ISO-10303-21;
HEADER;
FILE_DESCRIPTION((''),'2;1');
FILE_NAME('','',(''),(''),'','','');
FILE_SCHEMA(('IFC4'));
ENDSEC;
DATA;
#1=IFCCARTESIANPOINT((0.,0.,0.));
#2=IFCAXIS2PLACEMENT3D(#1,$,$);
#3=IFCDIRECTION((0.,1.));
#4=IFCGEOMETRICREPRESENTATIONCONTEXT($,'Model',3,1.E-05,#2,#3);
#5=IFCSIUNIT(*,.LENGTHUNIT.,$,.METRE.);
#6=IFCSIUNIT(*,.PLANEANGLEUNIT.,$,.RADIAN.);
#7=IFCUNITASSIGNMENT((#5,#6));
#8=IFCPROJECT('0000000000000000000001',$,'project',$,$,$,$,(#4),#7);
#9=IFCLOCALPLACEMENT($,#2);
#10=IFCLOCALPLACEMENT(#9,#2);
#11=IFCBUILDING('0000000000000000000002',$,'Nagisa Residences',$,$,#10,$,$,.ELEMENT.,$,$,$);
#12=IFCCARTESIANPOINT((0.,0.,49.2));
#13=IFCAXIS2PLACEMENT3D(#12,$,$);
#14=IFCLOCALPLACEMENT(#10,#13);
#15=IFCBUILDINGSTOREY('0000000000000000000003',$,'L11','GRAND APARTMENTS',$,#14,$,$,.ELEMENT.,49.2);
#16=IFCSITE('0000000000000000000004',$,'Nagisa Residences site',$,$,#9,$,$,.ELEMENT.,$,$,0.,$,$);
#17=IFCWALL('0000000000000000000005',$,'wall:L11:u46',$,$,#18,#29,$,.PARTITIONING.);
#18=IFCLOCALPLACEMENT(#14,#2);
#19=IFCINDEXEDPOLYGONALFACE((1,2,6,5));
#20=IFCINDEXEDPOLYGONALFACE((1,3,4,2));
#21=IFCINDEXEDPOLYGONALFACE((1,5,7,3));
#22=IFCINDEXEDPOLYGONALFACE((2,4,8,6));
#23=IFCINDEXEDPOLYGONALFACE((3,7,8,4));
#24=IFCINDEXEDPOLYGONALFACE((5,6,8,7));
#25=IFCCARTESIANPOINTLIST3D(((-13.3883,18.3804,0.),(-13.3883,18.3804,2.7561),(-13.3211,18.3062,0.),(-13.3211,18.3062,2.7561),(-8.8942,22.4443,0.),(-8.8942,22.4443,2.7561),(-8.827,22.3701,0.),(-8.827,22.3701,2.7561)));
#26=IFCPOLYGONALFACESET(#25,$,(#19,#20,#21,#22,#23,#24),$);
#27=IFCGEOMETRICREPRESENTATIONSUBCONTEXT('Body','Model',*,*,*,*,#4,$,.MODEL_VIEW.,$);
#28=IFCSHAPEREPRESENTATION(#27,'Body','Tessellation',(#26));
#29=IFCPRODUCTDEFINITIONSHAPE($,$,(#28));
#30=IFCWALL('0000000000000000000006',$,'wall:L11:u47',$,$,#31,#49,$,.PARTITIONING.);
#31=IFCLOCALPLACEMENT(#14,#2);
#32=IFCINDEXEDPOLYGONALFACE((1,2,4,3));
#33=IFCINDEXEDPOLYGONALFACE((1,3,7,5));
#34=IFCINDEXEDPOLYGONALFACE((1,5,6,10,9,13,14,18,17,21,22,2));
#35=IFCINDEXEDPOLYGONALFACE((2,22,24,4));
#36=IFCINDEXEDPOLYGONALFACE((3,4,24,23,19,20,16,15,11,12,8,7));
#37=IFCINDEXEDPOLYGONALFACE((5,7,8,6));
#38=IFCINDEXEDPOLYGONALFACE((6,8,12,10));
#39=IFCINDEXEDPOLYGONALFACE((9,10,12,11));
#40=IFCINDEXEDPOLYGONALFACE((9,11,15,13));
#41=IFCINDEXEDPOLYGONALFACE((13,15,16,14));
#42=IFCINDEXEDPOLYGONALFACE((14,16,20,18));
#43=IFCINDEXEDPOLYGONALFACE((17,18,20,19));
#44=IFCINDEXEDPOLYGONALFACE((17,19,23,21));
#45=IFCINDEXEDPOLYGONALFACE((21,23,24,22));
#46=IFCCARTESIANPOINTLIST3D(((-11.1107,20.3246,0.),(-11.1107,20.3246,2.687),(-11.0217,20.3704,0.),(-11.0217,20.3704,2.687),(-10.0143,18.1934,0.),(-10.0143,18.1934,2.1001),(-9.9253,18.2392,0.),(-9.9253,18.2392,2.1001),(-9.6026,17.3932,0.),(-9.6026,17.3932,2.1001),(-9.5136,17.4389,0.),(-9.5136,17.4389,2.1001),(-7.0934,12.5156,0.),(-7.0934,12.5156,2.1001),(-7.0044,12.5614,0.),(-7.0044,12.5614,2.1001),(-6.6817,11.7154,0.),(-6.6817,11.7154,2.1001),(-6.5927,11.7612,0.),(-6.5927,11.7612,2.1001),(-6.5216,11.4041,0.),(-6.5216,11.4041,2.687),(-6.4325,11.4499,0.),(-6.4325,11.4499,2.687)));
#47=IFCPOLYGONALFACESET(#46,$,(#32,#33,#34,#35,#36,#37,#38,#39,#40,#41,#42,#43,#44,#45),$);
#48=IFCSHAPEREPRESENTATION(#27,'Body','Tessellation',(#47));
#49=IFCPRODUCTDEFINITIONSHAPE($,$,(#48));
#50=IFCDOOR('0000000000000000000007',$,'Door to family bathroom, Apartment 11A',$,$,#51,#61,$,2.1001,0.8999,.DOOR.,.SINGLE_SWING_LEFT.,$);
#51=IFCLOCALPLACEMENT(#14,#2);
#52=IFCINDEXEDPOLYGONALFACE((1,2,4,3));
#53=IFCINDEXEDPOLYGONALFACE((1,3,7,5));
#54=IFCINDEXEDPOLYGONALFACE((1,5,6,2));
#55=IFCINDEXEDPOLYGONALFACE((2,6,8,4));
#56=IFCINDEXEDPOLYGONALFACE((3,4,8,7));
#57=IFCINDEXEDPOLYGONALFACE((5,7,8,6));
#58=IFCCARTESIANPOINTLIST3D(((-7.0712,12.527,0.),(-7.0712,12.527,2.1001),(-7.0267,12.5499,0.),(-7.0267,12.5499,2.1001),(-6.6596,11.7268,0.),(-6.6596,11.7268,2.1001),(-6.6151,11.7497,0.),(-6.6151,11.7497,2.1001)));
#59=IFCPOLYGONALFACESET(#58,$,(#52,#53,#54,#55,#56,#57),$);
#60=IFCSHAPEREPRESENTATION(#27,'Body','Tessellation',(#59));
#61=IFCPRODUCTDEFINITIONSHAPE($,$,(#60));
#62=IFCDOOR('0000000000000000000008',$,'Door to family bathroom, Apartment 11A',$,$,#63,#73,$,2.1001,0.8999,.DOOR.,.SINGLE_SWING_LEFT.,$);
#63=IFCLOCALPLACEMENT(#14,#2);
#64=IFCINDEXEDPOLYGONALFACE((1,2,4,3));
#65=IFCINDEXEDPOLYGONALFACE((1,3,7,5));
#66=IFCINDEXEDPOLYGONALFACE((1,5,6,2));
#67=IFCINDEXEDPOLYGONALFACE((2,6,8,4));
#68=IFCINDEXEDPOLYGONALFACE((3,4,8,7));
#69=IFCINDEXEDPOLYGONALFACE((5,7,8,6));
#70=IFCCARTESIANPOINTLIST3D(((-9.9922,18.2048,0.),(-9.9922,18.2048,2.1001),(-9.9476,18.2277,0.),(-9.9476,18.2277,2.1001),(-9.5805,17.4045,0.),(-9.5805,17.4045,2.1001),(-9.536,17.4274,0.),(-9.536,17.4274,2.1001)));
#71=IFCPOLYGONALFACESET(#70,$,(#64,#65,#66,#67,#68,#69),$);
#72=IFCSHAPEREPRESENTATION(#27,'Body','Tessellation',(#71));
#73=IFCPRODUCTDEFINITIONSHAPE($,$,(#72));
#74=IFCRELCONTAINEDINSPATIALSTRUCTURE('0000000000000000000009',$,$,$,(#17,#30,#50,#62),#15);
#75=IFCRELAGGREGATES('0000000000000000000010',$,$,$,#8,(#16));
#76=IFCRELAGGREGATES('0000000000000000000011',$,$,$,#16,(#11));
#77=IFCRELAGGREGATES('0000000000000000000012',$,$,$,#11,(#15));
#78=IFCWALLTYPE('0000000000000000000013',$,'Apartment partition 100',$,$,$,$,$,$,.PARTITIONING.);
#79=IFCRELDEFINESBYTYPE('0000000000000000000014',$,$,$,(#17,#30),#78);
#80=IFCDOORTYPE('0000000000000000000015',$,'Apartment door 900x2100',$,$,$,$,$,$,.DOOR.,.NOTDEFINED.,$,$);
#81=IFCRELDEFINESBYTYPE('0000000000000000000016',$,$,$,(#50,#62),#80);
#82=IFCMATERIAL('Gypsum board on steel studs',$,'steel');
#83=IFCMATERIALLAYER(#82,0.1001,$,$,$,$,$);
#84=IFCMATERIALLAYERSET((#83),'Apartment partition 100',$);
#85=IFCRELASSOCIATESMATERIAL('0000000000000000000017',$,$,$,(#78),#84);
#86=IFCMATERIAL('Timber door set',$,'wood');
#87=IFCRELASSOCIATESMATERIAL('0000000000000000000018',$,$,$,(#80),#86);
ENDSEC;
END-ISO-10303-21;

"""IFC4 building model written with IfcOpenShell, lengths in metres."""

from ifc_helpers import new_model, si_unit, direction, frame, frame_2d, origin, place, context, subcontext, project, spatial, rectangle, extrude, material, layer, layer_set, type_object, element, fill, save


model = new_model("IFC4")

# Units and contexts
model_context = context("Model", 3, precision=1e-05, world=origin(), true_north=direction((0.0, 1.0)))
body_context = subcontext(model_context, "Body", "Model", "MODEL_VIEW")
ifc_project = project(units=[si_unit("LENGTHUNIT", "METRE"), si_unit("PLANEANGLEUNIT", "RADIAN")], contexts=[model_context])

# Site, building, storey
site_placement = place(None, origin())
site = spatial("IfcSite", under=ifc_project, at=site_placement, Name="Nagisa Residences site", CompositionType="ELEMENT", RefElevation=0.0)
building_placement = place(site_placement, origin())
building = spatial("IfcBuilding", under=site, at=building_placement, Name="Nagisa Residences", CompositionType="ELEMENT")
storey_placement = place(building_placement, frame((0.0, 0.0, 49.2)))
storey = spatial("IfcBuildingStorey", under=building, at=storey_placement, Name="L11", Description="GRAND APARTMENTS", CompositionType="ELEMENT", Elevation=49.2)

# Shared definitions
ifc_material_1 = material(Name="Gypsum board on steel studs", Category="steel")
ifc_layer_1 = layer(ifc_material_1, 0.1001)
ifc_layer_set_1 = layer_set([ifc_layer_1], Name="Apartment partition 100")
wall_type_1 = type_object("IfcWallType", Name="Apartment partition 100", PredefinedType="PARTITIONING", material=ifc_layer_set_1)

# Shared definitions
ifc_material_2 = material(Name="Timber door set", Category="wood")
door_type_1 = type_object("IfcDoorType", Name="Apartment door 900x2100", OperationType="NOTDEFINED", PredefinedType="DOOR", material=ifc_material_2)

# Wall
wall_1_placement = place(storey_placement, frame((-8.8606, 22.4072, 0.0), z_axis=(0.0, 0.0, 1.0), x_axis=(-0.741713, -0.670717, 0.0)))
element("IfcWall", 1, at=wall_1_placement, inside=storey, type_object=wall_type_1, Name="wall:L11:u46", PredefinedType="PARTITIONING", context=body_context, shape_type="SweptSolid", body=[
    extrude(rectangle(XDim=6.0591, YDim=0.1001, at=frame_2d((3.0295, 0.0))), origin(), (0.0, 0.0, 1.0), 2.7561),
])

# Wall, openings, doors
wall_2_placement = place(storey_placement, frame((-6.4771, 11.427, 0.0), z_axis=(0.0, 0.0, 1.0), x_axis=(-0.457464, 0.889228, 0.0)))
wall_2 = element("IfcWall", 2, at=wall_2_placement, inside=storey, type_object=wall_type_1, Name="wall:L11:u47", PredefinedType="PARTITIONING", context=body_context, shape_type="SweptSolid", body=[
    extrude(rectangle(XDim=10.0317, YDim=0.1001, at=frame_2d((5.0159, 0.0))), origin(), (0.0, 0.0, 1.0), 2.687),
])
opening_1_placement = place(wall_2_placement, frame((0.3501, 0.0, 0.0)))
opening_1 = element("IfcOpeningElement", 3, at=opening_1_placement, cuts=wall_2, PredefinedType="OPENING", context=body_context, shape_type="SweptSolid", body=[
    extrude(rectangle(XDim=0.8999, YDim=2.1001, at=frame_2d((0.45, 1.05))), frame((0.0, 0.0601, 0.0), z_axis=(0.0, -1.0, 0.0), x_axis=(1.0, 0.0, 0.0)), (0.0, 0.0, 1.0), 0.1201),
])
opening_2_placement = place(wall_2_placement, frame((6.7351, 0.0, 0.0)))
opening_2 = element("IfcOpeningElement", 4, at=opening_2_placement, cuts=wall_2, PredefinedType="OPENING", context=body_context, shape_type="SweptSolid", body=[
    extrude(rectangle(XDim=0.8999, YDim=2.1001, at=frame_2d((0.45, 1.05))), frame((0.0, 0.0601, 0.0), z_axis=(0.0, -1.0, 0.0), x_axis=(1.0, 0.0, 0.0)), (0.0, 0.0, 1.0), 0.1201),
])
door_1_placement = place(opening_1_placement, frame((0.8999, 0.0, 0.0), x_axis=(-1.0, 0.0, 0.0)))
door_1 = element("IfcDoor", 5, at=door_1_placement, inside=storey, type_object=door_type_1, Name="Door to family bathroom, Apartment 11A", OperationType="SINGLE_SWING_LEFT", OverallHeight=2.1001, OverallWidth=0.8999, PredefinedType="DOOR", context=body_context, shape_type="SweptSolid", body=[
    extrude(rectangle(XDim=0.8999, YDim=2.1001, at=frame_2d((0.45, 1.05))), frame((0.0, 0.0249, 0.0), z_axis=(0.0, -1.0, 0.0), x_axis=(1.0, 0.0, 0.0)), (0.0, 0.0, 1.0), 0.05),
])
fill(opening_1, door_1)
door_2_placement = place(opening_2_placement, frame((0.8999, 0.0, 0.0), x_axis=(-1.0, 0.0, 0.0)))
door_2 = element("IfcDoor", 6, at=door_2_placement, inside=storey, type_object=door_type_1, Name="Door to family bathroom, Apartment 11A", OperationType="SINGLE_SWING_LEFT", OverallHeight=2.1001, OverallWidth=0.8999, PredefinedType="DOOR", context=body_context, shape_type="SweptSolid", body=[
    extrude(rectangle(XDim=0.8999, YDim=2.1001, at=frame_2d((0.45, 1.05))), frame((0.0, 0.0249, 0.0), z_axis=(0.0, -1.0, 0.0), x_axis=(1.0, 0.0, 0.0)), (0.0, 0.0, 1.0), 0.05),
])
fill(opening_2, door_2)

save(model, "model.ifc")
